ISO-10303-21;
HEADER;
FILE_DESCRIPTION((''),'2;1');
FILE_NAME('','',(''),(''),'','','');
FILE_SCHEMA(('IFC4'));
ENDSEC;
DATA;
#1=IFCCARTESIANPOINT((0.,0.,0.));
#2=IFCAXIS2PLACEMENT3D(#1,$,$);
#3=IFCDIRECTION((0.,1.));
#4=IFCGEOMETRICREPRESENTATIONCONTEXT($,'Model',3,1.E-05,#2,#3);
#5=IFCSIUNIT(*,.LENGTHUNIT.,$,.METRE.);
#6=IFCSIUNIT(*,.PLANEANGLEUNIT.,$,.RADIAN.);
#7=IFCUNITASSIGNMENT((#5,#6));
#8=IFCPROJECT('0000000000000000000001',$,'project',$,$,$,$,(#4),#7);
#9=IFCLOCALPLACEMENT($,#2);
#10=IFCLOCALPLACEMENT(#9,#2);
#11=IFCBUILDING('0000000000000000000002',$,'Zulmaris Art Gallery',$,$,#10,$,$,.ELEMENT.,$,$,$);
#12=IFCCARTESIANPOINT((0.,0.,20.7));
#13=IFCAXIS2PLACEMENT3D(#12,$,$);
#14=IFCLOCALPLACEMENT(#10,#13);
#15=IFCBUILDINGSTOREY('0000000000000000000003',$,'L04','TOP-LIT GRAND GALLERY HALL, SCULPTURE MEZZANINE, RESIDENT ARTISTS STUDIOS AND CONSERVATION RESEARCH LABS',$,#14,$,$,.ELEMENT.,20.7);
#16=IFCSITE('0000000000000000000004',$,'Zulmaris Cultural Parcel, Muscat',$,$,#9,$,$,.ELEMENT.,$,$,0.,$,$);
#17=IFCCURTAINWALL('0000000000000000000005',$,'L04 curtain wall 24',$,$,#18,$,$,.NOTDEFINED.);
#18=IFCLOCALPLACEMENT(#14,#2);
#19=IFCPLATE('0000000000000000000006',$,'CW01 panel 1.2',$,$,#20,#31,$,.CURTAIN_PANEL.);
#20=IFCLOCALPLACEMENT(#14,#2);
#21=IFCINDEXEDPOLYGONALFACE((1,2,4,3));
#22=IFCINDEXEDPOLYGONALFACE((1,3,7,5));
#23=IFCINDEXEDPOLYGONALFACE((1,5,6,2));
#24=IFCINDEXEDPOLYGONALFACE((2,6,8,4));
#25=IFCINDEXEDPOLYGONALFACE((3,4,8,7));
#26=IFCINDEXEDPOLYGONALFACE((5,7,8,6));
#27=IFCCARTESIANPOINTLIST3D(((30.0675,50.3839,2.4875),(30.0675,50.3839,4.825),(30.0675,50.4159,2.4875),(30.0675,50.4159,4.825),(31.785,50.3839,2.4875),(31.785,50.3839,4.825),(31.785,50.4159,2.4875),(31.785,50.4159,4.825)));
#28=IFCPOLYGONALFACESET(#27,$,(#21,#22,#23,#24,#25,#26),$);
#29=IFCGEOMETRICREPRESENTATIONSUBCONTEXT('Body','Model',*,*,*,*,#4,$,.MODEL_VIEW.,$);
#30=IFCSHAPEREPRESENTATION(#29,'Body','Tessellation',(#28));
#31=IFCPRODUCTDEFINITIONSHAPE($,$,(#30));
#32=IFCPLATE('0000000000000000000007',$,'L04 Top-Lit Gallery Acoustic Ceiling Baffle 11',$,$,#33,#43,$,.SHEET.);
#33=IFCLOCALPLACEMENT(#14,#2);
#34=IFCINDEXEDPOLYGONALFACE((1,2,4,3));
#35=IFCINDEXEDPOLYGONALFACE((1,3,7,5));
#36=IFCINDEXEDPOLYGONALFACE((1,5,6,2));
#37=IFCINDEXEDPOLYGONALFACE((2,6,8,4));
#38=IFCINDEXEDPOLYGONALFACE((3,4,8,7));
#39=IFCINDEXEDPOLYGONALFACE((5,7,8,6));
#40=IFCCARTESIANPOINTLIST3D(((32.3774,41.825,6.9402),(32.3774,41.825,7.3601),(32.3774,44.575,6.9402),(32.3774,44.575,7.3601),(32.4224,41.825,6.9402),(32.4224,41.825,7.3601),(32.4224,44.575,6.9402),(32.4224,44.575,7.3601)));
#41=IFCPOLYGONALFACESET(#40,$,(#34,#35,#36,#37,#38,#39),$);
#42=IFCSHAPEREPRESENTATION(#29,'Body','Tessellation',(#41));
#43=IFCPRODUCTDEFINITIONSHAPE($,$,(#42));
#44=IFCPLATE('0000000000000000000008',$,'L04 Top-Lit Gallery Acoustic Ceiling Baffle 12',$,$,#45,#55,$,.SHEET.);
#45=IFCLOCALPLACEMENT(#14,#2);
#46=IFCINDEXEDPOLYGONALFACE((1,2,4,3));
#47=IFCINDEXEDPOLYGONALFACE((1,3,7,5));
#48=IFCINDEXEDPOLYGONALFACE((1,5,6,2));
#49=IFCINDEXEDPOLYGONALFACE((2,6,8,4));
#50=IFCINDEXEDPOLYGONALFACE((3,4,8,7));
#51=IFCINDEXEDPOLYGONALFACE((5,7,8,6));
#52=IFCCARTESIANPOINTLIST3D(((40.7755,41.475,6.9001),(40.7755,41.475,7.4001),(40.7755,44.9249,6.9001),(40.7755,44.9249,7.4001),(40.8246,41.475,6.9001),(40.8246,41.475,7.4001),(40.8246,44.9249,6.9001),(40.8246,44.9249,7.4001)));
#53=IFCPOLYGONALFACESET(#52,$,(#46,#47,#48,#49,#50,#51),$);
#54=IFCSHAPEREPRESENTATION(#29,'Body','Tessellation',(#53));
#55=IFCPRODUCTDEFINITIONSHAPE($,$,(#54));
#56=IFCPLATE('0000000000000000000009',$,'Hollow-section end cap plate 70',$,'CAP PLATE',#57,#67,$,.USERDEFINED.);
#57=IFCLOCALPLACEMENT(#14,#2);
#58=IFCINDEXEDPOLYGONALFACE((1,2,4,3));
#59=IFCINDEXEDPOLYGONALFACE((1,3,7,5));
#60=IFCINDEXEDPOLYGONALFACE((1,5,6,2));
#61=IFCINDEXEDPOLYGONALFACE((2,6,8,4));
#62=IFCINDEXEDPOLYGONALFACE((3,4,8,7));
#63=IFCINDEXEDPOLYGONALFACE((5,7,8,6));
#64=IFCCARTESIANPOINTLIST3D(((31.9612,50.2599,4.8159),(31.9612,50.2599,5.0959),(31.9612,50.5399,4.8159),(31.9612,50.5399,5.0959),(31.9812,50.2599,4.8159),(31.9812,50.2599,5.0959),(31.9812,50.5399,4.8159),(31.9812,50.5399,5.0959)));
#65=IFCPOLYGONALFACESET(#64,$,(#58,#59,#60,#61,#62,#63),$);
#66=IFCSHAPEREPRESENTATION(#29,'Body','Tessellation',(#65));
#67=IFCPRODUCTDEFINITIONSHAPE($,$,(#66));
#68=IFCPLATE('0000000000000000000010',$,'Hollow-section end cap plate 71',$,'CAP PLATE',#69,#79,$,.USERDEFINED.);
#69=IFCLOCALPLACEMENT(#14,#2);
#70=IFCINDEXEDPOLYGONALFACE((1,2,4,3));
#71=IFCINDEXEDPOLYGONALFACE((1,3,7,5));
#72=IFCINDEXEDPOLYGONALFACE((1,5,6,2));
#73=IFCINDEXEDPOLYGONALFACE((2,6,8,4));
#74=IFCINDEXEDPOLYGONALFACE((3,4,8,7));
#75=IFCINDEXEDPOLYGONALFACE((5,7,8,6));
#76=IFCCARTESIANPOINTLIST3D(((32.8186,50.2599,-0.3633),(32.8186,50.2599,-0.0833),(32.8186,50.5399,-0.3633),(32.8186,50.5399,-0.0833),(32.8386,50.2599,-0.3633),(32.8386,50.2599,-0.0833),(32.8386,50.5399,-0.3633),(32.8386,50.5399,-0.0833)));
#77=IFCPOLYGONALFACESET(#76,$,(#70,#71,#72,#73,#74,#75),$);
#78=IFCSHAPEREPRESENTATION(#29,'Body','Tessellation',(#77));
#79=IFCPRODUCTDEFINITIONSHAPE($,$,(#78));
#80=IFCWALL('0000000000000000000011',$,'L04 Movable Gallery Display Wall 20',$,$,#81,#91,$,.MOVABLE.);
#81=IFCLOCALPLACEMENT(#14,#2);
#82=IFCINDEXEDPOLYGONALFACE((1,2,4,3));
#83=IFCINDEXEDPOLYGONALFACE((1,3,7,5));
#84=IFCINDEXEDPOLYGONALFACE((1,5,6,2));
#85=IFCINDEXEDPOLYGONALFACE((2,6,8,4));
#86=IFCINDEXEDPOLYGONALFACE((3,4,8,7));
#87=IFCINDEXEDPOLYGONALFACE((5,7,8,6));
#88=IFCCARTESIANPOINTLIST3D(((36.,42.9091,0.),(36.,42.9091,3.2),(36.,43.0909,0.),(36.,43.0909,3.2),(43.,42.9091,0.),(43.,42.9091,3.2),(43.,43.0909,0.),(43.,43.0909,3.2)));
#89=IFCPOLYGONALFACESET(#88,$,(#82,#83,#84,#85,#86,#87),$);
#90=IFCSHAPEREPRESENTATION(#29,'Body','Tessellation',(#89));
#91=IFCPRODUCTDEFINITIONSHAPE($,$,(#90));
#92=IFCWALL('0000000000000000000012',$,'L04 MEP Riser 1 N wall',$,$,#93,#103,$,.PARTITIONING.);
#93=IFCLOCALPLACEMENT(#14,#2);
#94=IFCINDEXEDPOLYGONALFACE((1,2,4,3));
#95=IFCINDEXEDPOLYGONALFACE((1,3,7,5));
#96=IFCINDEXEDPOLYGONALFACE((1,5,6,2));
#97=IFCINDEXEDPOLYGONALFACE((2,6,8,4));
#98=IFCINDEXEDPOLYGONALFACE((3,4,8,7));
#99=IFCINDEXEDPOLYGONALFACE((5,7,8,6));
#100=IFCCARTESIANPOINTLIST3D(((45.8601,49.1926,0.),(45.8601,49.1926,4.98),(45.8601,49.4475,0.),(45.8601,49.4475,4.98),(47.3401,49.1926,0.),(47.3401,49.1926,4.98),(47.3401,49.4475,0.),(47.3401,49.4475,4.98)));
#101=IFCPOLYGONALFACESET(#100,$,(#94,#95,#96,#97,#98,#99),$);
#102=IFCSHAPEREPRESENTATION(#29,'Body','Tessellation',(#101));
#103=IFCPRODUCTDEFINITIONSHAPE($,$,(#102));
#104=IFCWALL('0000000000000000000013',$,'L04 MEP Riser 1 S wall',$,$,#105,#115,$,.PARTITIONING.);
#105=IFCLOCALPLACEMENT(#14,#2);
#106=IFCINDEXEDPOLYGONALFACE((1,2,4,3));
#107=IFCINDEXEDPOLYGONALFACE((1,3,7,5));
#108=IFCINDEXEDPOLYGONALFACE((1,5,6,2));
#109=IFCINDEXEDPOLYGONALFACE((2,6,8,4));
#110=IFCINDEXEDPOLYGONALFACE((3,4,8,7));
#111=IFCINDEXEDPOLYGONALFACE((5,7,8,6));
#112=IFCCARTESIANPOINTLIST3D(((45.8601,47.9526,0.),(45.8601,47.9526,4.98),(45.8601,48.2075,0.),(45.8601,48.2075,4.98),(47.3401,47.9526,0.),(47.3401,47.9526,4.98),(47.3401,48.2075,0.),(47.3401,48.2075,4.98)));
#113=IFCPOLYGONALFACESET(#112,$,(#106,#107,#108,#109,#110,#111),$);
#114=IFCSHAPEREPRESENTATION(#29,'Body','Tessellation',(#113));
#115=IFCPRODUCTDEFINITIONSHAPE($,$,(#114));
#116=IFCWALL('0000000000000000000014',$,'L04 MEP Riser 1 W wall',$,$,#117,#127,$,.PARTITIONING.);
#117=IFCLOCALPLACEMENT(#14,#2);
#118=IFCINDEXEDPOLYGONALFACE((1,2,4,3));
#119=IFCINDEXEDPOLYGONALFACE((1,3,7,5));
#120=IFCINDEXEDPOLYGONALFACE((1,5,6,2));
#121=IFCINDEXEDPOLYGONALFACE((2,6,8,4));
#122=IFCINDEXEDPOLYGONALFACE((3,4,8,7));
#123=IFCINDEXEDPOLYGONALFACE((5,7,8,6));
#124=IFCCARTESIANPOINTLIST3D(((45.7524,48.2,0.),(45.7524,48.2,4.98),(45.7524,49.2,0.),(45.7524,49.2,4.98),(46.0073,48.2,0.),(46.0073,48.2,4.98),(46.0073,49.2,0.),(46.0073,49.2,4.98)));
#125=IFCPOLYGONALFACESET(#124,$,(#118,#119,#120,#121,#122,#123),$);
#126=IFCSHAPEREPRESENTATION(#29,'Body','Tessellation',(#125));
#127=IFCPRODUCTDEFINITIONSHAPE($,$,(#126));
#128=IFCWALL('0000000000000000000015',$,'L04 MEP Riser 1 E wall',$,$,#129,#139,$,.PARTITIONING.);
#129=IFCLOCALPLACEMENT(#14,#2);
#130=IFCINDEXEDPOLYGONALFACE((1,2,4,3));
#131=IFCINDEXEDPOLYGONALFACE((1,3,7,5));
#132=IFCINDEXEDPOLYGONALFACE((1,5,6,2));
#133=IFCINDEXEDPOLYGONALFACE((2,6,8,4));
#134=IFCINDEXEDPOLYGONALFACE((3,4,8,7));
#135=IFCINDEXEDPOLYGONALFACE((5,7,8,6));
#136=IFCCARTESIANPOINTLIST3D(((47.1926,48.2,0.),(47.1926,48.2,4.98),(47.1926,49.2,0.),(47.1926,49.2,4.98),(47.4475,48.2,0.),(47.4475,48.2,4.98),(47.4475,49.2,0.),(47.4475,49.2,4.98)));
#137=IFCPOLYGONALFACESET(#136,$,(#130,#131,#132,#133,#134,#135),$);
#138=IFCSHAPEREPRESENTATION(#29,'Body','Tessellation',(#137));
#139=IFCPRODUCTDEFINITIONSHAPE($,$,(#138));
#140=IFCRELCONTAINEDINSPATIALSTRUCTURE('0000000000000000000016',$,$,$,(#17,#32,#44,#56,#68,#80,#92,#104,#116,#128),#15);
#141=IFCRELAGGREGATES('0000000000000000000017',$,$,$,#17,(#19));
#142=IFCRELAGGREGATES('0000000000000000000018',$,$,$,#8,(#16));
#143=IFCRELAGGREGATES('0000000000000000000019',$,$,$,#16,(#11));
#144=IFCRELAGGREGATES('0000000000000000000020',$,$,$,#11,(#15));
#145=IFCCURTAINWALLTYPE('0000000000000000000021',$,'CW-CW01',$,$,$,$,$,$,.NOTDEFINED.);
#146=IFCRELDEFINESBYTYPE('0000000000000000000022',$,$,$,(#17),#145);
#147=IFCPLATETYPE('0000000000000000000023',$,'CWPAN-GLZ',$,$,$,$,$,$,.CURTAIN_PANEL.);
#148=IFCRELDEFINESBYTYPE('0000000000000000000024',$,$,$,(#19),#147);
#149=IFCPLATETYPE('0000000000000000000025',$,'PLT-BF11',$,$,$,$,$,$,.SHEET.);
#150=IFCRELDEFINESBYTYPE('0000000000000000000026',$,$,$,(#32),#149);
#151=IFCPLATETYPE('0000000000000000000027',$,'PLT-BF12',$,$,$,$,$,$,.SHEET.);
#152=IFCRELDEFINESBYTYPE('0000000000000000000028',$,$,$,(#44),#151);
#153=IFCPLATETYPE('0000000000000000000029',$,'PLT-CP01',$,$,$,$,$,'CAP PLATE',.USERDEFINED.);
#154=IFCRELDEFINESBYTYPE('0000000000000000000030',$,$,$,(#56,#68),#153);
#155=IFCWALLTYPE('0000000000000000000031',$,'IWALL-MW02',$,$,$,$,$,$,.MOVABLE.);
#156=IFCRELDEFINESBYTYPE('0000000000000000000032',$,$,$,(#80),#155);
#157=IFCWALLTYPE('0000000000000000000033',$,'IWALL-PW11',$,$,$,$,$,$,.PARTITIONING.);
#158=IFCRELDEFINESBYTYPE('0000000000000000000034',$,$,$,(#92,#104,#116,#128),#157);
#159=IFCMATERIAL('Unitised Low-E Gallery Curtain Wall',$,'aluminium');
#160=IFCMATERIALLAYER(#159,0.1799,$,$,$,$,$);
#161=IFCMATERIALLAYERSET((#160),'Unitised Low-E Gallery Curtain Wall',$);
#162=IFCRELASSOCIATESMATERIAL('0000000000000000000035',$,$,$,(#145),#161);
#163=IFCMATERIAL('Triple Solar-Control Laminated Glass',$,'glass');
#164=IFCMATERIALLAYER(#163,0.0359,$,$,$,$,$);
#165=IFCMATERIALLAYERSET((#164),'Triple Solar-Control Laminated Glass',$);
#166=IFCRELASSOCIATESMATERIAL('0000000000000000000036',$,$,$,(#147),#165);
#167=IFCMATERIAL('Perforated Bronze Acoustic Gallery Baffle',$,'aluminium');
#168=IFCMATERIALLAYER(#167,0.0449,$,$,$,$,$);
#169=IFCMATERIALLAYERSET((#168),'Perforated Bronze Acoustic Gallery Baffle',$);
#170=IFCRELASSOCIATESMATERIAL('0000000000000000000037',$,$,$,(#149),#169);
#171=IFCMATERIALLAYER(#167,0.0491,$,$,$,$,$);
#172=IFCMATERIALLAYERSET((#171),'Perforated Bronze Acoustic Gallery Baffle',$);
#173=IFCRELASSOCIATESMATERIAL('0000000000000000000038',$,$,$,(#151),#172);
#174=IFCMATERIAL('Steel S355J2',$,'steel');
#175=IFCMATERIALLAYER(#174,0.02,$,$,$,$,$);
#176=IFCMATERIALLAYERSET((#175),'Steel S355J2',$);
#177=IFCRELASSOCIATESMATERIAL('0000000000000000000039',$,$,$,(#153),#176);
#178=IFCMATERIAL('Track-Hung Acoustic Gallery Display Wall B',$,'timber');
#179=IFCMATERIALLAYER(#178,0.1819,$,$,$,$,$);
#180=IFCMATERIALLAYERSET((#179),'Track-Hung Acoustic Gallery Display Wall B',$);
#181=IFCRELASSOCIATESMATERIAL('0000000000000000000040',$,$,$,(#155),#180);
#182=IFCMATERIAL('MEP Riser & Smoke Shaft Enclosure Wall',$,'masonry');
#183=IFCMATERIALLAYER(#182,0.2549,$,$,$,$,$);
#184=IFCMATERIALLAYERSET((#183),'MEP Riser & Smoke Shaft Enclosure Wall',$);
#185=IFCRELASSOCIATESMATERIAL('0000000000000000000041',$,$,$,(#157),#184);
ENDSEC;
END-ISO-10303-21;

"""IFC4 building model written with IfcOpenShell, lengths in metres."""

from ifc_helpers import new_model, si_unit, direction, frame, frame_2d, origin, origin_2d, place, context, subcontext, project, spatial, rectangle, extrude, material, layer, layer_set, type_object, element, aggregate, save


model = new_model("IFC4")

# Units and contexts
model_context = context("Model", 3, precision=1e-05, world=origin(), true_north=direction((0.0, 1.0)))
body_context = subcontext(model_context, "Body", "Model", "MODEL_VIEW")
ifc_project = project(units=[si_unit("LENGTHUNIT", "METRE"), si_unit("PLANEANGLEUNIT", "RADIAN")], contexts=[model_context])

# Site, building, storey
site_placement = place(None, origin())
site = spatial("IfcSite", under=ifc_project, at=site_placement, Name="Zulmaris Cultural Parcel, Muscat", CompositionType="ELEMENT", RefElevation=0.0)
building_placement = place(site_placement, origin())
building = spatial("IfcBuilding", under=site, at=building_placement, Name="Zulmaris Art Gallery", CompositionType="ELEMENT")
storey_placement = place(building_placement, frame((0.0, 0.0, 20.7)))
storey = spatial("IfcBuildingStorey", under=building, at=storey_placement, Name="L04", Description="TOP-LIT GRAND GALLERY HALL, SCULPTURE MEZZANINE, RESIDENT ARTISTS STUDIOS AND CONSERVATION RESEARCH LABS", CompositionType="ELEMENT", Elevation=20.7)

# Shared definitions
ifc_material_1 = material(Name="Steel S355J2", Category="steel")

# Curtain wall
ifc_material_2 = material(Name="Unitised Low-E Gallery Curtain Wall", Category="aluminium")
ifc_layer_1 = layer(ifc_material_2, 0.1799)
ifc_layer_set_1 = layer_set([ifc_layer_1], Name="Unitised Low-E Gallery Curtain Wall")
curtain_wall_type = type_object("IfcCurtainWallType", Name="CW-CW01", PredefinedType="NOTDEFINED", material=ifc_layer_set_1)
curtain_wall_1_placement = place(storey_placement, origin())
curtain_wall_1 = element("IfcCurtainWall", 1, at=curtain_wall_1_placement, inside=storey, type_object=curtain_wall_type, Name="L04 curtain wall 24", PredefinedType="NOTDEFINED")

# Plate
ifc_material_3 = material(Name="Triple Solar-Control Laminated Glass", Category="glass")
ifc_layer_2 = layer(ifc_material_3, 0.0359)
ifc_layer_set_2 = layer_set([ifc_layer_2], Name="Triple Solar-Control Laminated Glass")
plate_type_1 = type_object("IfcPlateType", Name="CWPAN-GLZ", PredefinedType="CURTAIN_PANEL", material=ifc_layer_set_2)
plate_1_placement = place(storey_placement, frame((30.9263, 50.3999, 2.4875), z_axis=(0.0, 0.0, 1.0), x_axis=(-1.0, 0.0, 0.0)))
plate_1 = element("IfcPlate", 2, at=plate_1_placement, type_object=plate_type_1, Name="CW01 panel 1.2", PredefinedType="CURTAIN_PANEL", context=body_context, shape_type="SweptSolid", body=[
    extrude(rectangle(XDim=1.7175, YDim=0.032, at=origin_2d()), origin(), (0.0, 0.0, 1.0), 2.3374),
])
aggregate(curtain_wall_1, [plate_1])

# Plates
ifc_material_4 = material(Name="Perforated Bronze Acoustic Gallery Baffle", Category="aluminium")
ifc_layer_3 = layer(ifc_material_4, 0.0449)
ifc_layer_set_3 = layer_set([ifc_layer_3], Name="Perforated Bronze Acoustic Gallery Baffle")
plate_type_2 = type_object("IfcPlateType", Name="PLT-BF11", PredefinedType="SHEET", material=ifc_layer_set_3)
plate_2_placement = place(storey_placement, frame((32.3999, 43.2, 6.9402), z_axis=(0.0, 0.0, 1.0), x_axis=(1.0, 0.0, 0.0)))
element("IfcPlate", 3, at=plate_2_placement, inside=storey, type_object=plate_type_2, Name="L04 Top-Lit Gallery Acoustic Ceiling Baffle 11", PredefinedType="SHEET", context=body_context, shape_type="SweptSolid", body=[
    extrude(rectangle(XDim=0.0449, YDim=2.75, at=origin_2d()), origin(), (0.0, 0.0, 1.0), 0.4199),
])
ifc_layer_4 = layer(ifc_material_4, 0.0491)
ifc_layer_set_4 = layer_set([ifc_layer_4], Name="Perforated Bronze Acoustic Gallery Baffle")
plate_type_3 = type_object("IfcPlateType", Name="PLT-BF12", PredefinedType="SHEET", material=ifc_layer_set_4)
plate_3_placement = place(storey_placement, frame((40.8, 43.2, 6.9001), z_axis=(0.0, 0.0, 1.0), x_axis=(1.0, 0.0, 0.0)))
element("IfcPlate", 4, at=plate_3_placement, inside=storey, type_object=plate_type_3, Name="L04 Top-Lit Gallery Acoustic Ceiling Baffle 12", PredefinedType="SHEET", context=body_context, shape_type="SweptSolid", body=[
    extrude(rectangle(XDim=0.0491, YDim=3.45, at=origin_2d()), origin(), (0.0, 0.0, 1.0), 0.5),
])
ifc_layer_5 = layer(ifc_material_1, 0.02)
ifc_layer_set_5 = layer_set([ifc_layer_5], Name="Steel S355J2")
plate_type_4 = type_object("IfcPlateType", Name="PLT-CP01", ElementType="CAP PLATE", PredefinedType="USERDEFINED", material=ifc_layer_set_5)
for number, where, z_axis, x_axis, name in (
    (5, (31.9712, 50.3999, 4.8159), (0.0, 0.0, 1.0), (1.0, 0.0, 0.0), "Hollow-section end cap plate 70"),
    (6, (32.8286, 50.3999, -0.3633), (0.0, 0.0, 1.0), (1.0, 0.0, 0.0), "Hollow-section end cap plate 71"),
):
    element("IfcPlate", number, at=place(storey_placement, frame(where, z_axis=z_axis, x_axis=x_axis)), inside=storey, type_object=plate_type_4, Name=name, ObjectType="CAP PLATE", PredefinedType="USERDEFINED", context=body_context, shape_type="SweptSolid", body=[
        extrude(rectangle(XDim=0.02, YDim=0.28, at=origin_2d()), origin(), (0.0, 0.0, 1.0), 0.28),
    ])

# Walls
ifc_material_5 = material(Name="Track-Hung Acoustic Gallery Display Wall B", Category="timber")
ifc_layer_6 = layer(ifc_material_5, 0.1819)
ifc_layer_set_6 = layer_set([ifc_layer_6], Name="Track-Hung Acoustic Gallery Display Wall B")
wall_type_1 = type_object("IfcWallType", Name="IWALL-MW02", PredefinedType="MOVABLE", material=ifc_layer_set_6)
wall_placement = place(storey_placement, frame((36.0, 43.0, 0.0), z_axis=(0.0, 0.0, 1.0), x_axis=(1.0, 0.0, 0.0)))
element("IfcWall", 7, at=wall_placement, inside=storey, type_object=wall_type_1, Name="L04 Movable Gallery Display Wall 20", PredefinedType="MOVABLE", context=body_context, shape_type="SweptSolid", body=[
    extrude(rectangle(XDim=7.0, YDim=0.1819, at=frame_2d((3.5, 0.0))), origin(), (0.0, 0.0, 1.0), 3.2),
])
ifc_material_6 = material(Name="MEP Riser & Smoke Shaft Enclosure Wall", Category="masonry")
ifc_layer_7 = layer(ifc_material_6, 0.2549)
ifc_layer_set_7 = layer_set([ifc_layer_7], Name="MEP Riser & Smoke Shaft Enclosure Wall")
wall_type_2 = type_object("IfcWallType", Name="IWALL-PW11", PredefinedType="PARTITIONING", material=ifc_layer_set_7)
for number, where, z_axis, x_axis, name in (
    (8, (45.8601, 49.3201, 0.0), (0.0, 0.0, 1.0), (1.0, 0.0, 0.0), "L04 MEP Riser 1 N wall"),
    (9, (45.8601, 48.0801, 0.0), (0.0, 0.0, 1.0), (1.0, 0.0, 0.0), "L04 MEP Riser 1 S wall"),
):
    element("IfcWall", number, at=place(storey_placement, frame(where, z_axis=z_axis, x_axis=x_axis)), inside=storey, type_object=wall_type_2, Name=name, PredefinedType="PARTITIONING", context=body_context, shape_type="SweptSolid", body=[
        extrude(rectangle(XDim=1.48, YDim=0.2549, at=frame_2d((0.74, 0.0))), origin(), (0.0, 0.0, 1.0), 4.98),
    ])
for number, where, z_axis, x_axis, name in (
    (10, (45.8799, 48.2, 0.0), (0.0, 0.0, 1.0), (0.0, 1.0, 0.0), "L04 MEP Riser 1 W wall"),
    (11, (47.3201, 48.2, 0.0), (0.0, 0.0, 1.0), (0.0, 1.0, 0.0), "L04 MEP Riser 1 E wall"),
):
    element("IfcWall", number, at=place(storey_placement, frame(where, z_axis=z_axis, x_axis=x_axis)), inside=storey, type_object=wall_type_2, Name=name, PredefinedType="PARTITIONING", context=body_context, shape_type="SweptSolid", body=[
        extrude(rectangle(XDim=1.0, YDim=0.2549, at=frame_2d((0.5, 0.0))), origin(), (0.0, 0.0, 1.0), 4.98),
    ])

save(model, "model.ifc")
